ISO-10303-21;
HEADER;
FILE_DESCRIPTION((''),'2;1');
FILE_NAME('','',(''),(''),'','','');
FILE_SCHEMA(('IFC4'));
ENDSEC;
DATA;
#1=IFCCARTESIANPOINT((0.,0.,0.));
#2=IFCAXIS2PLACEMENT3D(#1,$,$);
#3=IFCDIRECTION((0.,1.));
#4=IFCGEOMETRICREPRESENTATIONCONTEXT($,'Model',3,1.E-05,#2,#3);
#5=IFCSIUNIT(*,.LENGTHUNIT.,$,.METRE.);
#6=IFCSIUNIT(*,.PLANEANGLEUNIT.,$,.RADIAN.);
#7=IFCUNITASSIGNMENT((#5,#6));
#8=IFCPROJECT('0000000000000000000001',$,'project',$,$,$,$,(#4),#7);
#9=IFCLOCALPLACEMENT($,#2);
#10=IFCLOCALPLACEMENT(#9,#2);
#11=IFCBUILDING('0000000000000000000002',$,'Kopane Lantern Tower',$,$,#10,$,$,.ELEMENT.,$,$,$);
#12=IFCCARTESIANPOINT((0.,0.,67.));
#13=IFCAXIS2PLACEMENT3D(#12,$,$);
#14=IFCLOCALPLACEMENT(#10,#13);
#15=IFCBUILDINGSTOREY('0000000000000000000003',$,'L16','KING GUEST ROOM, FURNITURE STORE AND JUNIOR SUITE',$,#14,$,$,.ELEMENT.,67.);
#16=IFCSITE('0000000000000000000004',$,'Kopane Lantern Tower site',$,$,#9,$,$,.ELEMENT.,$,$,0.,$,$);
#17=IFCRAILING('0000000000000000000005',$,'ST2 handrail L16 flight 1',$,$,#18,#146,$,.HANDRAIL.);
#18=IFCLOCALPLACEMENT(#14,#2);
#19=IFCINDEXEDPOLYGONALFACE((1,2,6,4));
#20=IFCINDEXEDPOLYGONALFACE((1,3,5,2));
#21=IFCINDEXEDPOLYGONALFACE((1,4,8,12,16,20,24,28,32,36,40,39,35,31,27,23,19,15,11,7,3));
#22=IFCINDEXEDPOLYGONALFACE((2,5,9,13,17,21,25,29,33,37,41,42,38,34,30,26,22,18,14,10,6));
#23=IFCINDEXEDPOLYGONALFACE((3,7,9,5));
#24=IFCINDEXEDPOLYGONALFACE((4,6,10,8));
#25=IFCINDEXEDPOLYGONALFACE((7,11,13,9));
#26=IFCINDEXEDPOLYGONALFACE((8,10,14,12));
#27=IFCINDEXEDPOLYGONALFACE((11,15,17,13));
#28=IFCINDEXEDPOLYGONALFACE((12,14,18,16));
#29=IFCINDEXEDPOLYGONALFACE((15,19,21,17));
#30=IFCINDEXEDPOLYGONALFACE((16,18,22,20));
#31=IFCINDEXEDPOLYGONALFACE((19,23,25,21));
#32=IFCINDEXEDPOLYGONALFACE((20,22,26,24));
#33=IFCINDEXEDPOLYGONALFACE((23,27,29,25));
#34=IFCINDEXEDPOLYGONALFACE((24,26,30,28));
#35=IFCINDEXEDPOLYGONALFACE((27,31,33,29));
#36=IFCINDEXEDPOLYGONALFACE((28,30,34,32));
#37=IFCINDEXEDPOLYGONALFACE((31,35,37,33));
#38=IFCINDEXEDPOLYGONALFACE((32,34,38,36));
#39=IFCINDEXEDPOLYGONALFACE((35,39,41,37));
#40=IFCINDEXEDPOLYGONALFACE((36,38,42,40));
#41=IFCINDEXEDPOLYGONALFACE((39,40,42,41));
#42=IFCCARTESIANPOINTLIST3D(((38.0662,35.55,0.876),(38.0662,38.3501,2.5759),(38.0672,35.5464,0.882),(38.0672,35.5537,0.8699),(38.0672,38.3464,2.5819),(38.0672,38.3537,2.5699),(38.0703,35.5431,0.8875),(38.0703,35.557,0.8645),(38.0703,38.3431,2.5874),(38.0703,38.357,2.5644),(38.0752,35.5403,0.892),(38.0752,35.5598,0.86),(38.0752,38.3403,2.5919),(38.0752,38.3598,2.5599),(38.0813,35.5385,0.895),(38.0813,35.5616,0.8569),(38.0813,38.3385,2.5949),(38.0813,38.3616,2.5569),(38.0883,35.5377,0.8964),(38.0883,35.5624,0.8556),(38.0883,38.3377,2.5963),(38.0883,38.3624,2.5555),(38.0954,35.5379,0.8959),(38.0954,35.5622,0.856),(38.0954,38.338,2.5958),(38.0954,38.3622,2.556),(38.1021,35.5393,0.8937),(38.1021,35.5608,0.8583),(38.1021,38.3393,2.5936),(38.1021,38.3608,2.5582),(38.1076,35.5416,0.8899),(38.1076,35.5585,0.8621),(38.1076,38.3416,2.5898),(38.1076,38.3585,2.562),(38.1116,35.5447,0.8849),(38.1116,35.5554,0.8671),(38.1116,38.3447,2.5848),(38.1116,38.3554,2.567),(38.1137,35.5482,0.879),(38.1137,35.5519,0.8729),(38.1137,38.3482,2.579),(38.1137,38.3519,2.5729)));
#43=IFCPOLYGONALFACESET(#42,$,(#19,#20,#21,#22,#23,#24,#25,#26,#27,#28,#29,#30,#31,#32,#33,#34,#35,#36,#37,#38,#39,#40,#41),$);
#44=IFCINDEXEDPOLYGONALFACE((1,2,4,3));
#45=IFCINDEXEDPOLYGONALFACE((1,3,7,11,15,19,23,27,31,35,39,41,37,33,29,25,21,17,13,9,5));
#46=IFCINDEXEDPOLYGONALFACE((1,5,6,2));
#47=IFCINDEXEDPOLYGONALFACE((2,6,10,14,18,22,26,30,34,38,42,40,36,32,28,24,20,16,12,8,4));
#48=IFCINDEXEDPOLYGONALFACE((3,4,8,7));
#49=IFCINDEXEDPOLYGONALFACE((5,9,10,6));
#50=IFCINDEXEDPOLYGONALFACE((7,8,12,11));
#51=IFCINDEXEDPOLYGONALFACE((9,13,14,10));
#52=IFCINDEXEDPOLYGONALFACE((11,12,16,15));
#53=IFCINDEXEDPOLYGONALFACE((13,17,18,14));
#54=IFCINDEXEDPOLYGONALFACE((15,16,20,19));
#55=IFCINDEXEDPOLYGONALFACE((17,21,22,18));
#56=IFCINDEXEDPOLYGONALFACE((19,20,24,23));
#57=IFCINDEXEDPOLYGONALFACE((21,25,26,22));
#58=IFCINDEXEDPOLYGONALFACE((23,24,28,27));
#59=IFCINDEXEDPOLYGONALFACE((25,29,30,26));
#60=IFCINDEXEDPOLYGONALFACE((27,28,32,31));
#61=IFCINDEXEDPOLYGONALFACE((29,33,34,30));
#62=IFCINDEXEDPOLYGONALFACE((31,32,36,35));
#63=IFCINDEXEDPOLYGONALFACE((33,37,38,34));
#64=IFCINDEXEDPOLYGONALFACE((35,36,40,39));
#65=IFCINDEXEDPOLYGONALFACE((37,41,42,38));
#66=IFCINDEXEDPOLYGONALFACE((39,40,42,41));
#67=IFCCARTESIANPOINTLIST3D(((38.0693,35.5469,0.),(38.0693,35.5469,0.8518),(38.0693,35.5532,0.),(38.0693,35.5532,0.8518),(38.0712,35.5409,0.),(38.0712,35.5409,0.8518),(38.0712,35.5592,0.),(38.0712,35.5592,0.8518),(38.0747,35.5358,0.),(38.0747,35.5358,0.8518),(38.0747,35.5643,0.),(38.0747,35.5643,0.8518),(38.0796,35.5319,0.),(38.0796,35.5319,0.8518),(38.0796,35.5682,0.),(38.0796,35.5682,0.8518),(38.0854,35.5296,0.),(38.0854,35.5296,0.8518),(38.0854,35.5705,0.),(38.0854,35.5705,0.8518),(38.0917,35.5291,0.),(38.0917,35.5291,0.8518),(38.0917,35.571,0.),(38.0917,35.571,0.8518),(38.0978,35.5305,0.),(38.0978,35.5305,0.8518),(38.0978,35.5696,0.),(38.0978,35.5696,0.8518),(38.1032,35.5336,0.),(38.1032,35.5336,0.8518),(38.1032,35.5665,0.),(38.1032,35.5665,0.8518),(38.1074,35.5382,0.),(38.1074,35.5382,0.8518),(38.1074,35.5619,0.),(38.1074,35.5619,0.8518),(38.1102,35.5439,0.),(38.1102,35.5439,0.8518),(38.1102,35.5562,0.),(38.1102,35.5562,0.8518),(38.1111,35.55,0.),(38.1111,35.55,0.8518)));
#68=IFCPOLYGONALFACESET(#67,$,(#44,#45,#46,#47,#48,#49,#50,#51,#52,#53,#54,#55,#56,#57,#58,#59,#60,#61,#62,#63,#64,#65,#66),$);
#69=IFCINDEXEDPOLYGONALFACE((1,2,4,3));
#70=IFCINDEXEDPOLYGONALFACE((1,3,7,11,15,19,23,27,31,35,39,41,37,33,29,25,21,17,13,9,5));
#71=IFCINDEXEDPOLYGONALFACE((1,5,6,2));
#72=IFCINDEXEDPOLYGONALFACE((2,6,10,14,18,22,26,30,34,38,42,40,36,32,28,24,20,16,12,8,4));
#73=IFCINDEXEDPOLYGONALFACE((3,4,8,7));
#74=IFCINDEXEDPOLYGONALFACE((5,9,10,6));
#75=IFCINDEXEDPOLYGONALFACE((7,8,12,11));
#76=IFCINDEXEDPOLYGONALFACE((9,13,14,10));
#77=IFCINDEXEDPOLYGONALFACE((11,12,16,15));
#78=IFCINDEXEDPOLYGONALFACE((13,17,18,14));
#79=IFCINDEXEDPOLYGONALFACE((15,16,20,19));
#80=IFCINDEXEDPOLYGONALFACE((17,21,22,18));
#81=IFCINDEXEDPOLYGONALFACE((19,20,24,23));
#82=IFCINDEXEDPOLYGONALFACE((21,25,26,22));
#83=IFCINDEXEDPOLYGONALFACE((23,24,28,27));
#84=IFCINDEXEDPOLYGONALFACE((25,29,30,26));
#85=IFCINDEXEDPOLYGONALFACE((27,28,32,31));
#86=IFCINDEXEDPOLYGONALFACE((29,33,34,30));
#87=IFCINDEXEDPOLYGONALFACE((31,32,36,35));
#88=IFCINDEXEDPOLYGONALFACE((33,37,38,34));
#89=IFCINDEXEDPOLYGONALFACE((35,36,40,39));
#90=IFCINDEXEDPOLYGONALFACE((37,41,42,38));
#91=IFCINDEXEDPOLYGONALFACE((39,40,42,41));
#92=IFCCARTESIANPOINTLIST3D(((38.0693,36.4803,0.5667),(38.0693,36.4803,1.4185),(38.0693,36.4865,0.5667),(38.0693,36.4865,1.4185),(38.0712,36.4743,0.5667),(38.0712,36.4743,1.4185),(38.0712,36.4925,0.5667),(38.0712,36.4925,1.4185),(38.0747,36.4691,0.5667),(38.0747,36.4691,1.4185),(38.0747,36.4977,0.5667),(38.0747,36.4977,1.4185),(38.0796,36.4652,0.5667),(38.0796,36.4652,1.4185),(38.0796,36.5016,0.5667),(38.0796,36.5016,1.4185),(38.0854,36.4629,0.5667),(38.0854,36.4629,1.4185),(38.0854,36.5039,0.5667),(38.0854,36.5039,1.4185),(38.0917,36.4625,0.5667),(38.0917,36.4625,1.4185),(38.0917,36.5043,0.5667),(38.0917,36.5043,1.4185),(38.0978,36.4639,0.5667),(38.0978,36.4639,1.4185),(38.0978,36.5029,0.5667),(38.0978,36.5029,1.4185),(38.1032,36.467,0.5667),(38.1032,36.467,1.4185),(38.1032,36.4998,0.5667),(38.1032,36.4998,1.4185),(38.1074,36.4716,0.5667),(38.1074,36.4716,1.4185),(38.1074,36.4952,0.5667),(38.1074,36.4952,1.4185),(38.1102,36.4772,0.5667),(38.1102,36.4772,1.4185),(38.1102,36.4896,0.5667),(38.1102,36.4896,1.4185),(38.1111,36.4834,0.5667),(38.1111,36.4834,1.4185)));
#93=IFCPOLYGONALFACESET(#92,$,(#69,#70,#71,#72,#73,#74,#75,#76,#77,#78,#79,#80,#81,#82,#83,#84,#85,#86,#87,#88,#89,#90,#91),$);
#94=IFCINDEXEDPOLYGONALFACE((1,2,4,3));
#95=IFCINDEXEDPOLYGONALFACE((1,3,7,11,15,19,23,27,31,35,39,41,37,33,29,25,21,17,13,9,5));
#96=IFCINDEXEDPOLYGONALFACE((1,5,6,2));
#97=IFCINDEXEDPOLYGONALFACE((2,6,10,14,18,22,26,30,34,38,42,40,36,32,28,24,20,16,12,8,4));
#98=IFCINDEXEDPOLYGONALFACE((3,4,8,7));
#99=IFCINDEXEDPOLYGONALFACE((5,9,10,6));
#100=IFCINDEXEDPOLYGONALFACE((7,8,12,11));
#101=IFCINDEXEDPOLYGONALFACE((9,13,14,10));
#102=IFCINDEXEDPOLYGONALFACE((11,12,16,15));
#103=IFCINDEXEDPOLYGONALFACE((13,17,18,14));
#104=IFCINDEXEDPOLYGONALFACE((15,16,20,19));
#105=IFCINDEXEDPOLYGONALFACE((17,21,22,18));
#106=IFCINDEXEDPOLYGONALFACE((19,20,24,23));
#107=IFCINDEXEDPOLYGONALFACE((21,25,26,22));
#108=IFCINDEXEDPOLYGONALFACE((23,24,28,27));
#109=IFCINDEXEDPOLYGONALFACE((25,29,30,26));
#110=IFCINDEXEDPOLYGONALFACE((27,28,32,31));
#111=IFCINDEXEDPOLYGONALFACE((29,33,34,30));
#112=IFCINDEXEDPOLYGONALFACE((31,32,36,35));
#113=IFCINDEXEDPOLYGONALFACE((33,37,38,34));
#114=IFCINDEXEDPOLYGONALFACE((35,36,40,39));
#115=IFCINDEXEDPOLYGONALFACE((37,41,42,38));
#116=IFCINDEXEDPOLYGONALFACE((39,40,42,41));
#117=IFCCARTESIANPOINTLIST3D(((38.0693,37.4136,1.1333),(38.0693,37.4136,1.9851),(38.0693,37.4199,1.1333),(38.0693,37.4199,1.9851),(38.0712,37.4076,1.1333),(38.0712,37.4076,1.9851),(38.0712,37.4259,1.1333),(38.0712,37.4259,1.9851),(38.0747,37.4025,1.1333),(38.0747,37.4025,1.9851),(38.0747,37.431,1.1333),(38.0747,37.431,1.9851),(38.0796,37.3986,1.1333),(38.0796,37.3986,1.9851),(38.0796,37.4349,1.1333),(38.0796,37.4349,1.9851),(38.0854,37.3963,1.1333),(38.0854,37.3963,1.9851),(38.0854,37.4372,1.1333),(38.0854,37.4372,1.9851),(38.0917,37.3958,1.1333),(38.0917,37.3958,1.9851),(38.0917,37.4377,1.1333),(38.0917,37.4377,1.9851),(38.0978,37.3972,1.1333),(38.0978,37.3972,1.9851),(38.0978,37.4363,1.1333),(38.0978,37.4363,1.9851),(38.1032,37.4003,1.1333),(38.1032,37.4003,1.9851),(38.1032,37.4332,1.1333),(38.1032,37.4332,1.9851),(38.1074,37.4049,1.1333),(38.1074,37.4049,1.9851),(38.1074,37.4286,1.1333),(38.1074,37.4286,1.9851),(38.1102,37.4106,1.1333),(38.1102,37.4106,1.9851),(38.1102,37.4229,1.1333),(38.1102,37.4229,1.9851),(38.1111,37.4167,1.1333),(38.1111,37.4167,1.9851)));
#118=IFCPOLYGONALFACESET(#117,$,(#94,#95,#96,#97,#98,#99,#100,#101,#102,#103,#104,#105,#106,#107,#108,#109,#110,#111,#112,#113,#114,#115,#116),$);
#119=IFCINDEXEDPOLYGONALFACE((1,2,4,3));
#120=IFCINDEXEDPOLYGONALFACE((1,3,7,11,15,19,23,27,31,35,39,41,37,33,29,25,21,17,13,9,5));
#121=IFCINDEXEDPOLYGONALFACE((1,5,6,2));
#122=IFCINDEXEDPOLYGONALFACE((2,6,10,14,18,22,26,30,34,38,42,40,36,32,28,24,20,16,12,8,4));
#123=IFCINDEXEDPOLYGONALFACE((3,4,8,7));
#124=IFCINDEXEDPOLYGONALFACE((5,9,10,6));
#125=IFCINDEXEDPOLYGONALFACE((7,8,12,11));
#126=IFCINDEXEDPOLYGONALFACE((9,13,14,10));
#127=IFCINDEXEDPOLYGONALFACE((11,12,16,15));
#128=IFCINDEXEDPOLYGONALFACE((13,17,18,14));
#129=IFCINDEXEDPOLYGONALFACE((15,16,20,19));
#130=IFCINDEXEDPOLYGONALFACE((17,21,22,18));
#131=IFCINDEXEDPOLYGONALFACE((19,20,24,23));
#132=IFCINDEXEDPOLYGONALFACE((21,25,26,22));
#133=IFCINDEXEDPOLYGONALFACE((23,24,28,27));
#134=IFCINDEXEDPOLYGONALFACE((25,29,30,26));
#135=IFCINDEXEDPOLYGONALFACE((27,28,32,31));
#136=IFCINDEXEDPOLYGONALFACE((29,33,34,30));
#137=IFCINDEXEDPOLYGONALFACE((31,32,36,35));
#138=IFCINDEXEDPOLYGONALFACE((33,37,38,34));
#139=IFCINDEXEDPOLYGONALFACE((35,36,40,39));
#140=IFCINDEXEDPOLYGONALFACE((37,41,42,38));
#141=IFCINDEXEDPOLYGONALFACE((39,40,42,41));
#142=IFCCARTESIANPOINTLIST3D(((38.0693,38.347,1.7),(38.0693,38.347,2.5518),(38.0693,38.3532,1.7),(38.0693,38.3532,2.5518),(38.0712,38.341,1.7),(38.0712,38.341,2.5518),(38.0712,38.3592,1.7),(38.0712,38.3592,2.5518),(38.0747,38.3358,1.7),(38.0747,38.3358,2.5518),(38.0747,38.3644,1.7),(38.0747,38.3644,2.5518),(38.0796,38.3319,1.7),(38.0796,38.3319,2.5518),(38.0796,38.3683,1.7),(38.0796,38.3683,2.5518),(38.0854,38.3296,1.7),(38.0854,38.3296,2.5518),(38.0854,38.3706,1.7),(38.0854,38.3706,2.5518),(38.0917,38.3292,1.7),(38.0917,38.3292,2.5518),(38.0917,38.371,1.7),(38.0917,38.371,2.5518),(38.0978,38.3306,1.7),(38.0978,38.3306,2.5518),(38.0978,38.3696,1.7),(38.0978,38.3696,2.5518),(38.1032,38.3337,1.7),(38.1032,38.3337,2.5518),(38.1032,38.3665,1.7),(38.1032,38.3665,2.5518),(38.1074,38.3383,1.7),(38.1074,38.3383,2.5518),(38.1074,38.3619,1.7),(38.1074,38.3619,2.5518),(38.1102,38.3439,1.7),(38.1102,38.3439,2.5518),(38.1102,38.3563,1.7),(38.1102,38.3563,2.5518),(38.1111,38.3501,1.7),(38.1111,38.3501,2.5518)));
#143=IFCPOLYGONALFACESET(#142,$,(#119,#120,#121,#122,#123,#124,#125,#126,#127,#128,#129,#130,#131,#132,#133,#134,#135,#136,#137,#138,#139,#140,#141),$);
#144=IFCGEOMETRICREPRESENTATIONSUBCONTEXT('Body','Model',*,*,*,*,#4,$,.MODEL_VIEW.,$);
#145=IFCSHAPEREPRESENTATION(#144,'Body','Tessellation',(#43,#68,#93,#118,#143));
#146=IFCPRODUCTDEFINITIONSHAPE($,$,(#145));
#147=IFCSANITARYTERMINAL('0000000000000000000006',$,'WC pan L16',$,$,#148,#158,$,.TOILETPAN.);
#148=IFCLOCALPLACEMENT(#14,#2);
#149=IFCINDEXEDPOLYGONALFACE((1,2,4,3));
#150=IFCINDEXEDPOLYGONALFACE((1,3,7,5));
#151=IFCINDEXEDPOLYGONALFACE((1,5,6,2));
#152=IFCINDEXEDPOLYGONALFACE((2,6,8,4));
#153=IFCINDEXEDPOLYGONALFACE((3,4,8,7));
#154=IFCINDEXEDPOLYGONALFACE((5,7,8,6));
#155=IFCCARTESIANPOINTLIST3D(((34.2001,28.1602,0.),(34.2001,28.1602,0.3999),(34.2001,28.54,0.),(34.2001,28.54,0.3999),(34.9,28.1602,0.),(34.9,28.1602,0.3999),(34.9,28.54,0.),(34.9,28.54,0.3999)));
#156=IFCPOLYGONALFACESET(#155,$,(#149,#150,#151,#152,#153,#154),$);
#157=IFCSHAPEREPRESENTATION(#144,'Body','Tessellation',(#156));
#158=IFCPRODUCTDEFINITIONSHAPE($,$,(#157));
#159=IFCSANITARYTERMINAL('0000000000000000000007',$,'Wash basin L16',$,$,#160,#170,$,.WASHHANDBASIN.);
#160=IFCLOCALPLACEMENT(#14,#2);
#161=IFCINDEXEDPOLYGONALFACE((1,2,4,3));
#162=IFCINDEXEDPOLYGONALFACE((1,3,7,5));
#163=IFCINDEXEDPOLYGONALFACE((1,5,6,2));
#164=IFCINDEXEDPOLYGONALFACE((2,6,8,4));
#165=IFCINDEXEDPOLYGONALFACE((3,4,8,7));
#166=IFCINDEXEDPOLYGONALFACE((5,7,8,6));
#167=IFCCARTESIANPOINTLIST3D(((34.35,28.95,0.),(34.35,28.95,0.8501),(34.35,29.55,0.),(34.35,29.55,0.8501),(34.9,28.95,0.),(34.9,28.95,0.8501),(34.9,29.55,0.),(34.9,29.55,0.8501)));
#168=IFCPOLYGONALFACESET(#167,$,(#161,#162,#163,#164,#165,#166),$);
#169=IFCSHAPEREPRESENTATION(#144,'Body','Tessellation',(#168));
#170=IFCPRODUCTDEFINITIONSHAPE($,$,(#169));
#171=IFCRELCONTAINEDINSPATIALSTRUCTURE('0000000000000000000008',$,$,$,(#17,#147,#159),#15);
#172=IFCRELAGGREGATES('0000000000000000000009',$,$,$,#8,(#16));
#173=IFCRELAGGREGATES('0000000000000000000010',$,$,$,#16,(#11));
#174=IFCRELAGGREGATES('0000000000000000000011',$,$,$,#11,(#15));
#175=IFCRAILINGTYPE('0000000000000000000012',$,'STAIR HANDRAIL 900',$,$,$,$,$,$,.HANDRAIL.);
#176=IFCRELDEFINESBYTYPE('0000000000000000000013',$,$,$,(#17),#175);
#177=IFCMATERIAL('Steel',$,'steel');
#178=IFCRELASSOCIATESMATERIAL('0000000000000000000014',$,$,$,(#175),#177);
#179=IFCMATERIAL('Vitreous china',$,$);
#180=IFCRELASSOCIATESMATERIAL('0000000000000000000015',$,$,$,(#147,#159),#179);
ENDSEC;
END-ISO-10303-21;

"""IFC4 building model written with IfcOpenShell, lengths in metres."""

from ifc_helpers import new_model, si_unit, direction, frame, origin, origin_2d, place, context, subcontext, project, spatial, rectangle, circle, extrude, material, type_object, element, save


model = new_model("IFC4")

# Units and contexts
model_context = context("Model", 3, precision=1e-05, world=origin(), true_north=direction((0.0, 1.0)))
body_context = subcontext(model_context, "Body", "Model", "MODEL_VIEW")
ifc_project = project(units=[si_unit("LENGTHUNIT", "METRE"), si_unit("PLANEANGLEUNIT", "RADIAN")], contexts=[model_context])

# Site, building, storey
site_placement = place(None, origin())
site = spatial("IfcSite", under=ifc_project, at=site_placement, Name="Kopane Lantern Tower site", CompositionType="ELEMENT", RefElevation=0.0)
building_placement = place(site_placement, origin())
building = spatial("IfcBuilding", under=site, at=building_placement, Name="Kopane Lantern Tower", CompositionType="ELEMENT")
storey_placement = place(building_placement, frame((0.0, 0.0, 67.0)))
storey = spatial("IfcBuildingStorey", under=building, at=storey_placement, Name="L16", Description="KING GUEST ROOM, FURNITURE STORE AND JUNIOR SUITE", CompositionType="ELEMENT", Elevation=67.0)

# Railing
ifc_material_1 = material(Name="Steel", Category="steel")
railing_type = type_object("IfcRailingType", Name="STAIR HANDRAIL 900", PredefinedType="HANDRAIL", material=ifc_material_1)
for number, where, name in (
    (1, (38.0901, 35.55, 0.0), "ST2 handrail L16 flight 1"),
):
    element("IfcRailing", number, at=place(storey_placement, frame(where)), inside=storey, type_object=railing_type, Name=name, PredefinedType="HANDRAIL", context=body_context, shape_type="SweptSolid", body=[
        extrude(circle(Radius=0.0239, at=origin_2d()), frame((0.0, 0.0, 0.876), z_axis=(0.0, 0.854798, 0.518961), x_axis=(-1.0, 0.0, 0.0)), (0.0, 0.0, 1.0), 3.2756),
        extrude(circle(Radius=0.021, at=origin_2d()), origin(), (0.0, 0.0, 1.0), 0.8518),
        extrude(circle(Radius=0.021, at=origin_2d()), frame((0.0, 0.9333, 0.5667)), (0.0, 0.0, 1.0), 0.8518),
        extrude(circle(Radius=0.021, at=origin_2d()), frame((0.0, 1.8667, 1.1333)), (0.0, 0.0, 1.0), 0.8518),
        extrude(circle(Radius=0.021, at=origin_2d()), frame((0.0, 2.8, 1.7)), (0.0, 0.0, 1.0), 0.8518),
    ])

# Sanitary terminals
ifc_material_2 = material(Name="Vitreous china")
sanitary_terminal_1_placement = place(storey_placement, frame((34.55, 28.3501, 0.0), z_axis=(0.0, 0.0, 1.0), x_axis=(1.0, 0.0, 0.0)))
element("IfcSanitaryTerminal", 2, at=sanitary_terminal_1_placement, inside=storey, material=ifc_material_2, Name="WC pan L16", PredefinedType="TOILETPAN", context=body_context, shape_type="SweptSolid", body=[
    extrude(rectangle(XDim=0.7, YDim=0.3799, at=origin_2d()), origin(), (0.0, 0.0, 1.0), 0.3999),
])
sanitary_terminal_2_placement = place(storey_placement, frame((34.625, 29.25, 0.0), z_axis=(0.0, 0.0, 1.0), x_axis=(1.0, 0.0, 0.0)))
element("IfcSanitaryTerminal", 3, at=sanitary_terminal_2_placement, inside=storey, material=ifc_material_2, Name="Wash basin L16", PredefinedType="WASHHANDBASIN", context=body_context, shape_type="SweptSolid", body=[
    extrude(rectangle(XDim=0.55, YDim=0.6001, at=origin_2d()), origin(), (0.0, 0.0, 1.0), 0.8501),
])

save(model, "model.ifc")
